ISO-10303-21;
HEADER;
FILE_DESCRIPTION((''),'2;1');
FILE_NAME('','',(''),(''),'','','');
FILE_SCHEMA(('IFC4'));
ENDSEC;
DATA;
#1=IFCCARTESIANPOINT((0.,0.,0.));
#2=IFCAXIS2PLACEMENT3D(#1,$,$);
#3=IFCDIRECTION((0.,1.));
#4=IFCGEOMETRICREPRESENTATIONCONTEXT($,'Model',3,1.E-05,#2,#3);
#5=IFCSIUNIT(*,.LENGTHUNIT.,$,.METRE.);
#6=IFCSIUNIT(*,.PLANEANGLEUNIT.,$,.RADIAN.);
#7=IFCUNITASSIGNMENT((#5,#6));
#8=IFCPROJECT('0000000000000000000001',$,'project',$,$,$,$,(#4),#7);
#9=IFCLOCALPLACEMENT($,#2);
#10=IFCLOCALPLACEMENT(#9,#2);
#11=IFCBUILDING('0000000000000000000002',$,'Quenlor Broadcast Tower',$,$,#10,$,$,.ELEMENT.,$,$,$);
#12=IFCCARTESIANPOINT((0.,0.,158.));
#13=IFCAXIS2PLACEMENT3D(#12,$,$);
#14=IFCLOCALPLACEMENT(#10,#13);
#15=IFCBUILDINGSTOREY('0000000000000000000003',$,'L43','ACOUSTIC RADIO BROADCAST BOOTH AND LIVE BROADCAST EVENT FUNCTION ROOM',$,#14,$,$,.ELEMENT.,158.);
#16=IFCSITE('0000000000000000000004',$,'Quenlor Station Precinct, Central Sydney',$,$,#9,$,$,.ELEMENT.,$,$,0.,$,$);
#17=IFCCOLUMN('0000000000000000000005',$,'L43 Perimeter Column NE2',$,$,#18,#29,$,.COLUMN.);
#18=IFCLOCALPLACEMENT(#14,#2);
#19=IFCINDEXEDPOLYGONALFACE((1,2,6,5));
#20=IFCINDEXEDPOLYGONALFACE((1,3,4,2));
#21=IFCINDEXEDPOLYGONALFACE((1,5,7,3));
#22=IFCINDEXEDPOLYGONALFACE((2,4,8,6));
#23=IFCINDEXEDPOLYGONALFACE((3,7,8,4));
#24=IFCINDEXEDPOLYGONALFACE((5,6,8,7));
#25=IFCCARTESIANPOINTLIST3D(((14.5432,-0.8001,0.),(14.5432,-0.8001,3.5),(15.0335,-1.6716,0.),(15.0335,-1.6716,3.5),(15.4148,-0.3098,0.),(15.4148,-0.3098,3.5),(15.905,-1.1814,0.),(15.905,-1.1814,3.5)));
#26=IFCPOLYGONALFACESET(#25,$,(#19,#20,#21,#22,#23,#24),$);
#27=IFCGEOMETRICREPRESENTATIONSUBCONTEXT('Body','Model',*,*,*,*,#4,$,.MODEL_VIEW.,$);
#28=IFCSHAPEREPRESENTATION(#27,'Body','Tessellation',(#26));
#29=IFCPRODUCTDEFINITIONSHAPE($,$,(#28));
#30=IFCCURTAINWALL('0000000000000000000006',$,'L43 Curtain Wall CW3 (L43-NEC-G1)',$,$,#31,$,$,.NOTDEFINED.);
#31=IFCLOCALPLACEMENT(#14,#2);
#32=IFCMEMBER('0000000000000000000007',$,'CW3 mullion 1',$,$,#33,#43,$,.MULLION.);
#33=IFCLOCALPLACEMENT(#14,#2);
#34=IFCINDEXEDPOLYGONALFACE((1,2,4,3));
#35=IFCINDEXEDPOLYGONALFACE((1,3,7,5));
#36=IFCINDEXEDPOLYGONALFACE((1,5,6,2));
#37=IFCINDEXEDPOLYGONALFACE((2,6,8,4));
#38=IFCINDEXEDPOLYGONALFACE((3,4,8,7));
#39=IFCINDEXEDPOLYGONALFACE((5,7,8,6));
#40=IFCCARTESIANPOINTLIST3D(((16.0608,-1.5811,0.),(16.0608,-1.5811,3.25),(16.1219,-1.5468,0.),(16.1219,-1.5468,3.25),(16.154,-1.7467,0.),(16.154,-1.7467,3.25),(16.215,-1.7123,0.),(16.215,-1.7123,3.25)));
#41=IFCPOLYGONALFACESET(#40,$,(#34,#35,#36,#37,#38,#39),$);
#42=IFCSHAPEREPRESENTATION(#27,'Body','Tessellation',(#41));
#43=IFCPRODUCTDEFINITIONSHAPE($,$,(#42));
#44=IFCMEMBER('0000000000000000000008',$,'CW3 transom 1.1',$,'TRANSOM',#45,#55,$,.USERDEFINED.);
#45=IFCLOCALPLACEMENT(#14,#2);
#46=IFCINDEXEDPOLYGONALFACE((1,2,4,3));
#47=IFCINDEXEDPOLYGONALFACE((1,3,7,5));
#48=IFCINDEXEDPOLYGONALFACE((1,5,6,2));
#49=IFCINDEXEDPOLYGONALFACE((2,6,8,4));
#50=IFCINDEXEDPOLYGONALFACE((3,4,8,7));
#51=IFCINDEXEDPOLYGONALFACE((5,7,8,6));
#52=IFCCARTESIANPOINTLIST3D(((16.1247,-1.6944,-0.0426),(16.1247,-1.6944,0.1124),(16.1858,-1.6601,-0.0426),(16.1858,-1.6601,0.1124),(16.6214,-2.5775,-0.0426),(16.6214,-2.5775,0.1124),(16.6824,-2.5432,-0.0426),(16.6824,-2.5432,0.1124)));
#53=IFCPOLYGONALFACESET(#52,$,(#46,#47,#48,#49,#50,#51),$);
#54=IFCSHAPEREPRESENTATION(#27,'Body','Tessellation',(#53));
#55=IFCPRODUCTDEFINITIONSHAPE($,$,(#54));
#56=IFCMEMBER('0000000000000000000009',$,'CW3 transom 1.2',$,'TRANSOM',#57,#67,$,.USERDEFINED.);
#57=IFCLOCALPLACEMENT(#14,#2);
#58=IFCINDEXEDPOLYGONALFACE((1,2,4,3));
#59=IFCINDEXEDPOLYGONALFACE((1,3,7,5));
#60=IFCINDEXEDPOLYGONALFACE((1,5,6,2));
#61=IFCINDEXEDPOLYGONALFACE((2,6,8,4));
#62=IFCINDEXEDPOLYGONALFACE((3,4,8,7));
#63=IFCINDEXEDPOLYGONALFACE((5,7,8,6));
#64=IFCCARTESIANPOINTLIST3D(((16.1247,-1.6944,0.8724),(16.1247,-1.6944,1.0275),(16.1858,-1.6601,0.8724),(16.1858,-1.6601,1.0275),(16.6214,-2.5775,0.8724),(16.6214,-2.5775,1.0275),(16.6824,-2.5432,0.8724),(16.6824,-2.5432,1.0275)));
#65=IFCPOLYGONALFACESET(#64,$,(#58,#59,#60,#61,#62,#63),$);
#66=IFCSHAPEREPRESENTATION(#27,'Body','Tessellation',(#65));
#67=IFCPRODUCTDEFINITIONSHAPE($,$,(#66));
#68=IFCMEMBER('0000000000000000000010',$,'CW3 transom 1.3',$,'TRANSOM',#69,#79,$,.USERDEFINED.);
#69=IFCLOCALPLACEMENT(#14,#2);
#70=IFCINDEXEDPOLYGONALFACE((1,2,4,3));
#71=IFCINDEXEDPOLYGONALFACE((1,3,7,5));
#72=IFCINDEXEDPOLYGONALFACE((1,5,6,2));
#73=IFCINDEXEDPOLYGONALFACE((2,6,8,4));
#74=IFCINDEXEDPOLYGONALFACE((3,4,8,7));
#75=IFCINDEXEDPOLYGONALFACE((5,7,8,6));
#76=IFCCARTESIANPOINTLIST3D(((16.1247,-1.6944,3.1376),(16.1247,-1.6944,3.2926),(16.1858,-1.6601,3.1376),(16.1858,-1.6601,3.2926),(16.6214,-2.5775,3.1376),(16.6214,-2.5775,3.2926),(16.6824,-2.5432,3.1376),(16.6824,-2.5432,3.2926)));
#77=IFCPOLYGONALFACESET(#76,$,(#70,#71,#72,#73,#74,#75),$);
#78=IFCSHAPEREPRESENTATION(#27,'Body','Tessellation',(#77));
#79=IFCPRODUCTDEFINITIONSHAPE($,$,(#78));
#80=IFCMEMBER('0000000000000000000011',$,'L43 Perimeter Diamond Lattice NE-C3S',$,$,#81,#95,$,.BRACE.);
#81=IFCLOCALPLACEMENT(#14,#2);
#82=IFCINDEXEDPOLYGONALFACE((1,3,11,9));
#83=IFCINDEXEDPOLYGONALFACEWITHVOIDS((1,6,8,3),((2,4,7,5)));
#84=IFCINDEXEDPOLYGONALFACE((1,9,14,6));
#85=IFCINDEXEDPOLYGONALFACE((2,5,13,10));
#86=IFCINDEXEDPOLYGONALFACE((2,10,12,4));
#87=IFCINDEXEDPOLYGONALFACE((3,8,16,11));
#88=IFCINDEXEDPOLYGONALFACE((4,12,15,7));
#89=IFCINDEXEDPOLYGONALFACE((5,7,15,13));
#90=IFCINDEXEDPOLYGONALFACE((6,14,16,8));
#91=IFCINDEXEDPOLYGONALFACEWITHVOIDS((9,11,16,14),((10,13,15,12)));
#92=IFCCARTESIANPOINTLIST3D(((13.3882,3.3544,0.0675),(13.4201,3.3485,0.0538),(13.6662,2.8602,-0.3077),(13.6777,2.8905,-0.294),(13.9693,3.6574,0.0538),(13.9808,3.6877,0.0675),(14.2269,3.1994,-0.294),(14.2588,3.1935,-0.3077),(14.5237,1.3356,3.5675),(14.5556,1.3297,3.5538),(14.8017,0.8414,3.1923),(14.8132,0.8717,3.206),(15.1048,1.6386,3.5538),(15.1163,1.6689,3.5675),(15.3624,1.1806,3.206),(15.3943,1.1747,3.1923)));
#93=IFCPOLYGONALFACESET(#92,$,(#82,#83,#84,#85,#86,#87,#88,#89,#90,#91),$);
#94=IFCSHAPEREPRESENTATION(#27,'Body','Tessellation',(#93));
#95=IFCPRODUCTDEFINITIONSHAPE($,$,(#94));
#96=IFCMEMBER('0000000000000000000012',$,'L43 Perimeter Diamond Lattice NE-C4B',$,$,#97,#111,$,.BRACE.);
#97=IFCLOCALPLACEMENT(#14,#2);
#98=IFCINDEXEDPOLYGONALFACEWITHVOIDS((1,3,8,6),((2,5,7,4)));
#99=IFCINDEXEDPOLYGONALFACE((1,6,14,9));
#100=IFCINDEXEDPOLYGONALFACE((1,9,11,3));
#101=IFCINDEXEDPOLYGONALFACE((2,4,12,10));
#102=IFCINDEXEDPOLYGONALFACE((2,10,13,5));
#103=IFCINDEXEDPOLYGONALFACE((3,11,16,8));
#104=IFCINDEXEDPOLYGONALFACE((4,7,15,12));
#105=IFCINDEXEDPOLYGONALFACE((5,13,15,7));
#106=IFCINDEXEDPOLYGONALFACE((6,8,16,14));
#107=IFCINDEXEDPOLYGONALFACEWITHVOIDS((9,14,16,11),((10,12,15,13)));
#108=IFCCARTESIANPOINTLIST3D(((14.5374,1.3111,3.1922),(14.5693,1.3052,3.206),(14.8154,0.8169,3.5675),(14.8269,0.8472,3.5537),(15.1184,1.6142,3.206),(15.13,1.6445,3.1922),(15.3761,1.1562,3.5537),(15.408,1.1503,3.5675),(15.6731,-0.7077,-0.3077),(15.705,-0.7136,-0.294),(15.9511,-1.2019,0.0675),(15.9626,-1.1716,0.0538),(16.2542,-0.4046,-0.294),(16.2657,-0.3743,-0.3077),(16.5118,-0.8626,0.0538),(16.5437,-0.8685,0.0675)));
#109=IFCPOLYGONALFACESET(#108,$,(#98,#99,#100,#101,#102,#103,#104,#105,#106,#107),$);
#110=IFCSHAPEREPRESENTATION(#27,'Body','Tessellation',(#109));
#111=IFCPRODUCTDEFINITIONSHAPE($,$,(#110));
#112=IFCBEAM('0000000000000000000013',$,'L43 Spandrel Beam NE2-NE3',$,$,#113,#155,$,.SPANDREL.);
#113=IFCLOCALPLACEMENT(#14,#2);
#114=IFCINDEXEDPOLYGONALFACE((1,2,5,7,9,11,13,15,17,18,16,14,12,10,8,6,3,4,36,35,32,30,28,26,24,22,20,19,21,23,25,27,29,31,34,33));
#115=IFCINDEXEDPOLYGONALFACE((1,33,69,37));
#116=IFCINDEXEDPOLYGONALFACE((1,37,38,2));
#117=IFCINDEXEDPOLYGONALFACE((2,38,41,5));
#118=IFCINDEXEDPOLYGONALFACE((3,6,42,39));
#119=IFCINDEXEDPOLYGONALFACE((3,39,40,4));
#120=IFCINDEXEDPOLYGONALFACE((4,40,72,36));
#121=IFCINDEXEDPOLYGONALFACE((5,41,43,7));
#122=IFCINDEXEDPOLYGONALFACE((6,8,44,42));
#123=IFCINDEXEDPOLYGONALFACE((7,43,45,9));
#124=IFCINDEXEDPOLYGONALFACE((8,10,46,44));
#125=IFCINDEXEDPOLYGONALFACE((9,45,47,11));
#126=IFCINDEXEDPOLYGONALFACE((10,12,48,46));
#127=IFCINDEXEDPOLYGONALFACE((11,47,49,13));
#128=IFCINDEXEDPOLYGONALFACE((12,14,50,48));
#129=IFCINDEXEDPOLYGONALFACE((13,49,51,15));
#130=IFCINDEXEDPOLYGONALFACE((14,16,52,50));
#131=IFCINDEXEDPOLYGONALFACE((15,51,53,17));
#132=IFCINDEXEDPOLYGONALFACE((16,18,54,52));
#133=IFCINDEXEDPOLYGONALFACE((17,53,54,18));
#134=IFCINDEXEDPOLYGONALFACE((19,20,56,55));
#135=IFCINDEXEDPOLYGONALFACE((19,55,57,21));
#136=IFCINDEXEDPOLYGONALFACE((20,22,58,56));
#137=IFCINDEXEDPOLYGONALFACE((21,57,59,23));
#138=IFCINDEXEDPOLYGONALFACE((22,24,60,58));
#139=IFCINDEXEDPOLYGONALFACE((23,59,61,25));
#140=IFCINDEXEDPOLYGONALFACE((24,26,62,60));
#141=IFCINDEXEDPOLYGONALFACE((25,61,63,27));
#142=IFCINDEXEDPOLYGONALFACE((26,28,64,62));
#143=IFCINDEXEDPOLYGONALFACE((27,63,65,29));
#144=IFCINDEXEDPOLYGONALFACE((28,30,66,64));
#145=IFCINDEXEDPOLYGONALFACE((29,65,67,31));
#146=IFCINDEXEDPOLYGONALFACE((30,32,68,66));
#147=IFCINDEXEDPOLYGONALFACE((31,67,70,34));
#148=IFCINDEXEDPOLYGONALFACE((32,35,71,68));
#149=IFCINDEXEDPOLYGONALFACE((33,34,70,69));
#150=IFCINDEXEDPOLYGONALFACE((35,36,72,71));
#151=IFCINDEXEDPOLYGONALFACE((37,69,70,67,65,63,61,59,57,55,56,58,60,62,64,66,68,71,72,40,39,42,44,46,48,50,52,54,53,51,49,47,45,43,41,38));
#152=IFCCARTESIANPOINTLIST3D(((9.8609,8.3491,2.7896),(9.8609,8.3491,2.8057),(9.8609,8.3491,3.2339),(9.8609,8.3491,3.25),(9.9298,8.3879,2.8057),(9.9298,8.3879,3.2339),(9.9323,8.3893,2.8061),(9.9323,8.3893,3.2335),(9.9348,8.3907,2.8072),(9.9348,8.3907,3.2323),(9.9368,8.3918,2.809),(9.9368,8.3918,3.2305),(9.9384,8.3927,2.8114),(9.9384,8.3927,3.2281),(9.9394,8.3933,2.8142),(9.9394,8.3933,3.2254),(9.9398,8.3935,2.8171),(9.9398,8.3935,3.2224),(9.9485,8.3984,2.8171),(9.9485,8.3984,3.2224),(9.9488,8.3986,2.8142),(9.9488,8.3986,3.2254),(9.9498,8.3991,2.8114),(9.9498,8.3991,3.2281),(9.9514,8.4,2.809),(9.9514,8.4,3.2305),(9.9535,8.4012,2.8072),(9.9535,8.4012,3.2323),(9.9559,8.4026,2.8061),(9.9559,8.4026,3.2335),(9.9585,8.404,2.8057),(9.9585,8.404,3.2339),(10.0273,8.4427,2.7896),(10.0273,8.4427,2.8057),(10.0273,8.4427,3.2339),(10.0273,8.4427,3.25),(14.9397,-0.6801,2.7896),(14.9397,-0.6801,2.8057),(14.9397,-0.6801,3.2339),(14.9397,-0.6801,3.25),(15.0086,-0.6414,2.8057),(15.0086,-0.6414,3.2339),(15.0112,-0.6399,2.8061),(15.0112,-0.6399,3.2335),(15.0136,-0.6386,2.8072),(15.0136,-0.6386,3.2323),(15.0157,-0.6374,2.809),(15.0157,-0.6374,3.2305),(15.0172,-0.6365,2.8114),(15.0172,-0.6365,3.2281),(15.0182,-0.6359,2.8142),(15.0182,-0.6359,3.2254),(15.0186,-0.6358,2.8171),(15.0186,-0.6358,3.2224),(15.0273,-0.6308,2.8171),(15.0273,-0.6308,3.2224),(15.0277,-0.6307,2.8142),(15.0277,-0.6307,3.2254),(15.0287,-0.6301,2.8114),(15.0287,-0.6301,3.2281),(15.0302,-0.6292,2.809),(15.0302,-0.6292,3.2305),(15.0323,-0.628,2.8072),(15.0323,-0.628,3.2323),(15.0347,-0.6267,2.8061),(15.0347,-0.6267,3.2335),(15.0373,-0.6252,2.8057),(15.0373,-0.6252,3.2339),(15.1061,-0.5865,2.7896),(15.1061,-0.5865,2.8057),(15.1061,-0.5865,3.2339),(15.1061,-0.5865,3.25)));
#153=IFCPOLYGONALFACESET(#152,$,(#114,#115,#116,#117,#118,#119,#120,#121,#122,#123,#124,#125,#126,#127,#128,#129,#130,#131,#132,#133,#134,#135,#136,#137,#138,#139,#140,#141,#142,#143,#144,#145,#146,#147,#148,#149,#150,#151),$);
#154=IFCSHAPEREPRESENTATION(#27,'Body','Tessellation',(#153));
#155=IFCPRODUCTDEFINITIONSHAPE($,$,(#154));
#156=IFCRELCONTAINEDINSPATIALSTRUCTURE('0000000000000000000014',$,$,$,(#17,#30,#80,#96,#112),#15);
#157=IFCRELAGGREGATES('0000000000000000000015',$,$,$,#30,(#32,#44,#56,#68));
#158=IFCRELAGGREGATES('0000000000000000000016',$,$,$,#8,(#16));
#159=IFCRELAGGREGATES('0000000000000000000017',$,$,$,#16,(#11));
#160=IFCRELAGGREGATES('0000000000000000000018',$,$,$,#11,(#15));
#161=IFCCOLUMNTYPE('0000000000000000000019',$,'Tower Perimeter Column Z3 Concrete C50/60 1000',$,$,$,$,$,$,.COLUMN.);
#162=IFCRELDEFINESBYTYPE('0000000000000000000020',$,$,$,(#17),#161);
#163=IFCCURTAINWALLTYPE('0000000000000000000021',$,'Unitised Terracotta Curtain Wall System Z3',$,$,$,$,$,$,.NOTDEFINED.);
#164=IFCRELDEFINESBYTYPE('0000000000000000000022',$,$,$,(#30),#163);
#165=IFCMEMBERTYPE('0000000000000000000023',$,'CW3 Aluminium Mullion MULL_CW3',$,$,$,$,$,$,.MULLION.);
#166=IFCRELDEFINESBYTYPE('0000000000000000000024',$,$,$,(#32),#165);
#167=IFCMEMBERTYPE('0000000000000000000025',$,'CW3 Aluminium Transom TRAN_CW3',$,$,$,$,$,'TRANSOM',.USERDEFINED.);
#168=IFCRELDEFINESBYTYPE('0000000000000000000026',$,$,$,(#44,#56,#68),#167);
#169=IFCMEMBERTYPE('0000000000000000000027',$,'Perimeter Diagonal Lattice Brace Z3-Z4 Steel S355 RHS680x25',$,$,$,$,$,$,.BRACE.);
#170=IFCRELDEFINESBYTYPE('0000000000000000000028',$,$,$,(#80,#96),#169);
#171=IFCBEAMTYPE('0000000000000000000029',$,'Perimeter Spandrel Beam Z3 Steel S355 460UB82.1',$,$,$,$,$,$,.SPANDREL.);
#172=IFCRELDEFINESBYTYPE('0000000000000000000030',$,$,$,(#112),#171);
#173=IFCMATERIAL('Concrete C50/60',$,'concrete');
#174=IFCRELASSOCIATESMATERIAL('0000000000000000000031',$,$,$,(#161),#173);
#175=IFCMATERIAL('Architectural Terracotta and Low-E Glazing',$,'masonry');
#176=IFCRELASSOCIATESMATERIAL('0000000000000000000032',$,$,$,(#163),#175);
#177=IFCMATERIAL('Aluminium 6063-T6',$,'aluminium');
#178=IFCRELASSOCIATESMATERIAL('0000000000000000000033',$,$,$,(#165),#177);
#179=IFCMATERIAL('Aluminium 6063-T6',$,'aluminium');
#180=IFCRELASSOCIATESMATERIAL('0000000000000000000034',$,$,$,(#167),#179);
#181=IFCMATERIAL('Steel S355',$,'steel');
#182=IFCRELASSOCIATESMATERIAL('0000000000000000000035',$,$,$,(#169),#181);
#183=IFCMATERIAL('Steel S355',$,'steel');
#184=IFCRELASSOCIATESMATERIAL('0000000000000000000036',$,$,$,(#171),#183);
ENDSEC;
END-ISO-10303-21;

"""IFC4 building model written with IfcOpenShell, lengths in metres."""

from ifc_helpers import new_model, si_unit, direction, frame, origin, origin_2d, place, context, subcontext, project, spatial, rectangle, hollow_rectangle, i_section, extrude, material, material_profile, profile_set, type_object, element, aggregate, save


model = new_model("IFC4")

# Units and contexts
model_context = context("Model", 3, precision=1e-05, world=origin(), true_north=direction((0.0, 1.0)))
body_context = subcontext(model_context, "Body", "Model", "MODEL_VIEW")
ifc_project = project(units=[si_unit("LENGTHUNIT", "METRE"), si_unit("PLANEANGLEUNIT", "RADIAN")], contexts=[model_context])

# Site, building, storey
site_placement = place(None, origin())
site = spatial("IfcSite", under=ifc_project, at=site_placement, Name="Quenlor Station Precinct, Central Sydney", CompositionType="ELEMENT", RefElevation=0.0)
building_placement = place(site_placement, origin())
building = spatial("IfcBuilding", under=site, at=building_placement, Name="Quenlor Broadcast Tower", CompositionType="ELEMENT")
storey_placement = place(building_placement, frame((0.0, 0.0, 158.0)))
storey = spatial("IfcBuildingStorey", under=building, at=storey_placement, Name="L43", Description="ACOUSTIC RADIO BROADCAST BOOTH AND LIVE BROADCAST EVENT FUNCTION ROOM", CompositionType="ELEMENT", Elevation=158.0)

# Column
ifc_material_1 = material(Name="Concrete C50/60", Category="concrete")
ifc_material_profile_1 = material_profile(ifc_material_1, rectangle(XDim=1.0, YDim=1.0, at=origin_2d()))
ifc_profile_set_1 = profile_set([ifc_material_profile_1], Name="Concrete C50/60 RC1000x1000")
column_type = type_object("IfcColumnType", Name="Tower Perimeter Column Z3 Concrete C50/60 1000", PredefinedType="COLUMN", material=ifc_profile_set_1)
column_placement = place(storey_placement, frame((15.2241, -0.9907, 0.0), z_axis=(0.0, 0.0, 1.0), x_axis=(0.871575, 0.490262, 0.0)))
element("IfcColumn", 1, at=column_placement, inside=storey, type_object=column_type, Name="L43 Perimeter Column NE2", PredefinedType="COLUMN", context=body_context, shape_type="SweptSolid", body=[
    extrude(rectangle(XDim=1.0, YDim=1.0, at=origin_2d()), origin(), (0.0, 0.0, 1.0), 3.5),
])

# Curtain wall, members
ifc_material_2 = material(Name="Architectural Terracotta and Low-E Glazing", Category="masonry")
curtain_wall_type = type_object("IfcCurtainWallType", Name="Unitised Terracotta Curtain Wall System Z3", PredefinedType="NOTDEFINED", material=ifc_material_2)
curtain_wall_placement = place(storey_placement, origin())
curtain_wall = element("IfcCurtainWall", 2, at=curtain_wall_placement, inside=storey, type_object=curtain_wall_type, Name="L43 Curtain Wall CW3 (L43-NEC-G1)", PredefinedType="NOTDEFINED")
ifc_material_3 = material(Name="Aluminium 6063-T6", Category="aluminium")
ifc_material_profile_2 = material_profile(ifc_material_3, rectangle(XDim=0.0701, YDim=0.1899, at=origin_2d()))
ifc_profile_set_2 = profile_set([ifc_material_profile_2], Name="Aluminium 6063-T6 MULL70x190")
member_type_1 = type_object("IfcMemberType", Name="CW3 Aluminium Mullion MULL_CW3", PredefinedType="MULLION", material=ifc_profile_set_2)
member_1_placement = place(storey_placement, frame((16.1379, -1.6467, 0.0), z_axis=(0.0, 0.0, 1.0), x_axis=(0.87158, 0.490253, 0.0)))
member_1 = element("IfcMember", 3, at=member_1_placement, type_object=member_type_1, Name="CW3 mullion 1", PredefinedType="MULLION", context=body_context, shape_type="SweptSolid", body=[
    extrude(rectangle(XDim=0.0701, YDim=0.1899, at=origin_2d()), origin(), (0.0, 0.0, 1.0), 3.25),
])
ifc_material_4 = material(Name="Aluminium 6063-T6", Category="aluminium")
ifc_material_profile_3 = material_profile(ifc_material_4, rectangle(XDim=0.0701, YDim=0.155, at=origin_2d()))
ifc_profile_set_3 = profile_set([ifc_material_profile_3], Name="Aluminium 6063-T6 TRAN70x155")
member_type_2 = type_object("IfcMemberType", Name="CW3 Aluminium Transom TRAN_CW3", ElementType="TRANSOM", PredefinedType="USERDEFINED", material=ifc_profile_set_3)
member_2_placement = place(storey_placement, frame((16.1553, -1.6772, 0.0349), z_axis=(0.490158, -0.871633, 0.0), x_axis=(0.871633, 0.490158, 0.0)))
member_2 = element("IfcMember", 4, at=member_2_placement, type_object=member_type_2, Name="CW3 transom 1.1", ObjectType="TRANSOM", PredefinedType="USERDEFINED", context=body_context, shape_type="SweptSolid", body=[
    extrude(rectangle(XDim=0.0701, YDim=0.155, at=origin_2d()), origin(), (0.0, 0.0, 1.0), 1.0132),
])
member_3_placement = place(storey_placement, frame((16.1553, -1.6772, 0.95), z_axis=(0.490158, -0.871633, 0.0), x_axis=(0.871633, 0.490158, 0.0)))
member_3 = element("IfcMember", 5, at=member_3_placement, type_object=member_type_2, Name="CW3 transom 1.2", ObjectType="TRANSOM", PredefinedType="USERDEFINED", context=body_context, shape_type="SweptSolid", body=[
    extrude(rectangle(XDim=0.0701, YDim=0.155, at=origin_2d()), origin(), (0.0, 0.0, 1.0), 1.0132),
])
member_4_placement = place(storey_placement, frame((16.1553, -1.6772, 3.2151), z_axis=(0.490158, -0.871633, 0.0), x_axis=(0.871633, 0.490158, 0.0)))
member_4 = element("IfcMember", 6, at=member_4_placement, type_object=member_type_2, Name="CW3 transom 1.3", ObjectType="TRANSOM", PredefinedType="USERDEFINED", context=body_context, shape_type="SweptSolid", body=[
    extrude(rectangle(XDim=0.0701, YDim=0.155, at=origin_2d()), origin(), (0.0, 0.0, 1.0), 1.0132),
])

# Members
ifc_material_5 = material(Name="Steel S355", Category="steel")
ifc_material_profile_4 = material_profile(ifc_material_5, hollow_rectangle(XDim=0.6799, YDim=0.6799, WallThickness=0.0249, at=origin_2d()))
ifc_profile_set_4 = profile_set([ifc_material_profile_4], Name="Steel S355 RHS680x680x25")
member_type_3 = type_object("IfcMemberType", Name="Perimeter Diagonal Lattice Brace Z3-Z4 Steel S355 RHS680x25", PredefinedType="BRACE", material=ifc_profile_set_4)
for number, where, z_axis, x_axis, name in (
    (7, (13.8235, 3.2739, -0.1201), (0.270549, -0.481009, 0.833927), (0.87159, 0.490236, 0.0), "L43 Perimeter Diamond Lattice NE-C3S"),
    (8, (16.1084, -0.7881, -0.1201), (-0.270603, 0.481001, 0.833914), (-0.871545, -0.490316, 0.0), "L43 Perimeter Diamond Lattice NE-C4B"),
):
    element("IfcMember", number, at=place(storey_placement, frame(where, z_axis=z_axis, x_axis=x_axis)), inside=storey, type_object=member_type_3, Name=name, PredefinedType="BRACE", context=body_context, shape_type="SweptSolid", body=[
        extrude(hollow_rectangle(XDim=0.6799, YDim=0.6799, WallThickness=0.0249, at=origin_2d()), origin(), (0.0, 0.0, 1.0), 4.197),
    ])

# Beam
ifc_material_6 = material(Name="Steel S355", Category="steel")
ifc_material_profile_5 = material_profile(ifc_material_6, i_section(OverallWidth=0.1909, OverallDepth=0.4604, WebThickness=0.01, FlangeThickness=0.0161, FilletRadius=0.0115, at=origin_2d()))
ifc_profile_set_5 = profile_set([ifc_material_profile_5], Name="Steel S355 460UB82.1")
beam_type_1 = type_object("IfcBeamType", Name="Perimeter Spandrel Beam Z3 Steel S355 460UB82.1", PredefinedType="SPANDREL", material=ifc_profile_set_5)
beam_1_placement = place(storey_placement, frame((15.0229, -0.6333, 3.0198), z_axis=(-0.490252, 0.871581, 0.0), x_axis=(-0.871581, -0.490252, 0.0)))
element("IfcBeam", 9, at=beam_1_placement, inside=storey, type_object=beam_type_1, Name="L43 Spandrel Beam NE2-NE3", PredefinedType="SPANDREL", context=body_context, shape_type="SweptSolid", body=[
    extrude(i_section(OverallWidth=0.1909, OverallDepth=0.4604, WebThickness=0.01, FlangeThickness=0.0161, FilletRadius=0.0115, at=origin_2d()), origin(), (0.0, 0.0, 1.0), 10.3596),
])

aggregate(curtain_wall, [member_1, member_2, member_3, member_4])

save(model, "model.ifc")
